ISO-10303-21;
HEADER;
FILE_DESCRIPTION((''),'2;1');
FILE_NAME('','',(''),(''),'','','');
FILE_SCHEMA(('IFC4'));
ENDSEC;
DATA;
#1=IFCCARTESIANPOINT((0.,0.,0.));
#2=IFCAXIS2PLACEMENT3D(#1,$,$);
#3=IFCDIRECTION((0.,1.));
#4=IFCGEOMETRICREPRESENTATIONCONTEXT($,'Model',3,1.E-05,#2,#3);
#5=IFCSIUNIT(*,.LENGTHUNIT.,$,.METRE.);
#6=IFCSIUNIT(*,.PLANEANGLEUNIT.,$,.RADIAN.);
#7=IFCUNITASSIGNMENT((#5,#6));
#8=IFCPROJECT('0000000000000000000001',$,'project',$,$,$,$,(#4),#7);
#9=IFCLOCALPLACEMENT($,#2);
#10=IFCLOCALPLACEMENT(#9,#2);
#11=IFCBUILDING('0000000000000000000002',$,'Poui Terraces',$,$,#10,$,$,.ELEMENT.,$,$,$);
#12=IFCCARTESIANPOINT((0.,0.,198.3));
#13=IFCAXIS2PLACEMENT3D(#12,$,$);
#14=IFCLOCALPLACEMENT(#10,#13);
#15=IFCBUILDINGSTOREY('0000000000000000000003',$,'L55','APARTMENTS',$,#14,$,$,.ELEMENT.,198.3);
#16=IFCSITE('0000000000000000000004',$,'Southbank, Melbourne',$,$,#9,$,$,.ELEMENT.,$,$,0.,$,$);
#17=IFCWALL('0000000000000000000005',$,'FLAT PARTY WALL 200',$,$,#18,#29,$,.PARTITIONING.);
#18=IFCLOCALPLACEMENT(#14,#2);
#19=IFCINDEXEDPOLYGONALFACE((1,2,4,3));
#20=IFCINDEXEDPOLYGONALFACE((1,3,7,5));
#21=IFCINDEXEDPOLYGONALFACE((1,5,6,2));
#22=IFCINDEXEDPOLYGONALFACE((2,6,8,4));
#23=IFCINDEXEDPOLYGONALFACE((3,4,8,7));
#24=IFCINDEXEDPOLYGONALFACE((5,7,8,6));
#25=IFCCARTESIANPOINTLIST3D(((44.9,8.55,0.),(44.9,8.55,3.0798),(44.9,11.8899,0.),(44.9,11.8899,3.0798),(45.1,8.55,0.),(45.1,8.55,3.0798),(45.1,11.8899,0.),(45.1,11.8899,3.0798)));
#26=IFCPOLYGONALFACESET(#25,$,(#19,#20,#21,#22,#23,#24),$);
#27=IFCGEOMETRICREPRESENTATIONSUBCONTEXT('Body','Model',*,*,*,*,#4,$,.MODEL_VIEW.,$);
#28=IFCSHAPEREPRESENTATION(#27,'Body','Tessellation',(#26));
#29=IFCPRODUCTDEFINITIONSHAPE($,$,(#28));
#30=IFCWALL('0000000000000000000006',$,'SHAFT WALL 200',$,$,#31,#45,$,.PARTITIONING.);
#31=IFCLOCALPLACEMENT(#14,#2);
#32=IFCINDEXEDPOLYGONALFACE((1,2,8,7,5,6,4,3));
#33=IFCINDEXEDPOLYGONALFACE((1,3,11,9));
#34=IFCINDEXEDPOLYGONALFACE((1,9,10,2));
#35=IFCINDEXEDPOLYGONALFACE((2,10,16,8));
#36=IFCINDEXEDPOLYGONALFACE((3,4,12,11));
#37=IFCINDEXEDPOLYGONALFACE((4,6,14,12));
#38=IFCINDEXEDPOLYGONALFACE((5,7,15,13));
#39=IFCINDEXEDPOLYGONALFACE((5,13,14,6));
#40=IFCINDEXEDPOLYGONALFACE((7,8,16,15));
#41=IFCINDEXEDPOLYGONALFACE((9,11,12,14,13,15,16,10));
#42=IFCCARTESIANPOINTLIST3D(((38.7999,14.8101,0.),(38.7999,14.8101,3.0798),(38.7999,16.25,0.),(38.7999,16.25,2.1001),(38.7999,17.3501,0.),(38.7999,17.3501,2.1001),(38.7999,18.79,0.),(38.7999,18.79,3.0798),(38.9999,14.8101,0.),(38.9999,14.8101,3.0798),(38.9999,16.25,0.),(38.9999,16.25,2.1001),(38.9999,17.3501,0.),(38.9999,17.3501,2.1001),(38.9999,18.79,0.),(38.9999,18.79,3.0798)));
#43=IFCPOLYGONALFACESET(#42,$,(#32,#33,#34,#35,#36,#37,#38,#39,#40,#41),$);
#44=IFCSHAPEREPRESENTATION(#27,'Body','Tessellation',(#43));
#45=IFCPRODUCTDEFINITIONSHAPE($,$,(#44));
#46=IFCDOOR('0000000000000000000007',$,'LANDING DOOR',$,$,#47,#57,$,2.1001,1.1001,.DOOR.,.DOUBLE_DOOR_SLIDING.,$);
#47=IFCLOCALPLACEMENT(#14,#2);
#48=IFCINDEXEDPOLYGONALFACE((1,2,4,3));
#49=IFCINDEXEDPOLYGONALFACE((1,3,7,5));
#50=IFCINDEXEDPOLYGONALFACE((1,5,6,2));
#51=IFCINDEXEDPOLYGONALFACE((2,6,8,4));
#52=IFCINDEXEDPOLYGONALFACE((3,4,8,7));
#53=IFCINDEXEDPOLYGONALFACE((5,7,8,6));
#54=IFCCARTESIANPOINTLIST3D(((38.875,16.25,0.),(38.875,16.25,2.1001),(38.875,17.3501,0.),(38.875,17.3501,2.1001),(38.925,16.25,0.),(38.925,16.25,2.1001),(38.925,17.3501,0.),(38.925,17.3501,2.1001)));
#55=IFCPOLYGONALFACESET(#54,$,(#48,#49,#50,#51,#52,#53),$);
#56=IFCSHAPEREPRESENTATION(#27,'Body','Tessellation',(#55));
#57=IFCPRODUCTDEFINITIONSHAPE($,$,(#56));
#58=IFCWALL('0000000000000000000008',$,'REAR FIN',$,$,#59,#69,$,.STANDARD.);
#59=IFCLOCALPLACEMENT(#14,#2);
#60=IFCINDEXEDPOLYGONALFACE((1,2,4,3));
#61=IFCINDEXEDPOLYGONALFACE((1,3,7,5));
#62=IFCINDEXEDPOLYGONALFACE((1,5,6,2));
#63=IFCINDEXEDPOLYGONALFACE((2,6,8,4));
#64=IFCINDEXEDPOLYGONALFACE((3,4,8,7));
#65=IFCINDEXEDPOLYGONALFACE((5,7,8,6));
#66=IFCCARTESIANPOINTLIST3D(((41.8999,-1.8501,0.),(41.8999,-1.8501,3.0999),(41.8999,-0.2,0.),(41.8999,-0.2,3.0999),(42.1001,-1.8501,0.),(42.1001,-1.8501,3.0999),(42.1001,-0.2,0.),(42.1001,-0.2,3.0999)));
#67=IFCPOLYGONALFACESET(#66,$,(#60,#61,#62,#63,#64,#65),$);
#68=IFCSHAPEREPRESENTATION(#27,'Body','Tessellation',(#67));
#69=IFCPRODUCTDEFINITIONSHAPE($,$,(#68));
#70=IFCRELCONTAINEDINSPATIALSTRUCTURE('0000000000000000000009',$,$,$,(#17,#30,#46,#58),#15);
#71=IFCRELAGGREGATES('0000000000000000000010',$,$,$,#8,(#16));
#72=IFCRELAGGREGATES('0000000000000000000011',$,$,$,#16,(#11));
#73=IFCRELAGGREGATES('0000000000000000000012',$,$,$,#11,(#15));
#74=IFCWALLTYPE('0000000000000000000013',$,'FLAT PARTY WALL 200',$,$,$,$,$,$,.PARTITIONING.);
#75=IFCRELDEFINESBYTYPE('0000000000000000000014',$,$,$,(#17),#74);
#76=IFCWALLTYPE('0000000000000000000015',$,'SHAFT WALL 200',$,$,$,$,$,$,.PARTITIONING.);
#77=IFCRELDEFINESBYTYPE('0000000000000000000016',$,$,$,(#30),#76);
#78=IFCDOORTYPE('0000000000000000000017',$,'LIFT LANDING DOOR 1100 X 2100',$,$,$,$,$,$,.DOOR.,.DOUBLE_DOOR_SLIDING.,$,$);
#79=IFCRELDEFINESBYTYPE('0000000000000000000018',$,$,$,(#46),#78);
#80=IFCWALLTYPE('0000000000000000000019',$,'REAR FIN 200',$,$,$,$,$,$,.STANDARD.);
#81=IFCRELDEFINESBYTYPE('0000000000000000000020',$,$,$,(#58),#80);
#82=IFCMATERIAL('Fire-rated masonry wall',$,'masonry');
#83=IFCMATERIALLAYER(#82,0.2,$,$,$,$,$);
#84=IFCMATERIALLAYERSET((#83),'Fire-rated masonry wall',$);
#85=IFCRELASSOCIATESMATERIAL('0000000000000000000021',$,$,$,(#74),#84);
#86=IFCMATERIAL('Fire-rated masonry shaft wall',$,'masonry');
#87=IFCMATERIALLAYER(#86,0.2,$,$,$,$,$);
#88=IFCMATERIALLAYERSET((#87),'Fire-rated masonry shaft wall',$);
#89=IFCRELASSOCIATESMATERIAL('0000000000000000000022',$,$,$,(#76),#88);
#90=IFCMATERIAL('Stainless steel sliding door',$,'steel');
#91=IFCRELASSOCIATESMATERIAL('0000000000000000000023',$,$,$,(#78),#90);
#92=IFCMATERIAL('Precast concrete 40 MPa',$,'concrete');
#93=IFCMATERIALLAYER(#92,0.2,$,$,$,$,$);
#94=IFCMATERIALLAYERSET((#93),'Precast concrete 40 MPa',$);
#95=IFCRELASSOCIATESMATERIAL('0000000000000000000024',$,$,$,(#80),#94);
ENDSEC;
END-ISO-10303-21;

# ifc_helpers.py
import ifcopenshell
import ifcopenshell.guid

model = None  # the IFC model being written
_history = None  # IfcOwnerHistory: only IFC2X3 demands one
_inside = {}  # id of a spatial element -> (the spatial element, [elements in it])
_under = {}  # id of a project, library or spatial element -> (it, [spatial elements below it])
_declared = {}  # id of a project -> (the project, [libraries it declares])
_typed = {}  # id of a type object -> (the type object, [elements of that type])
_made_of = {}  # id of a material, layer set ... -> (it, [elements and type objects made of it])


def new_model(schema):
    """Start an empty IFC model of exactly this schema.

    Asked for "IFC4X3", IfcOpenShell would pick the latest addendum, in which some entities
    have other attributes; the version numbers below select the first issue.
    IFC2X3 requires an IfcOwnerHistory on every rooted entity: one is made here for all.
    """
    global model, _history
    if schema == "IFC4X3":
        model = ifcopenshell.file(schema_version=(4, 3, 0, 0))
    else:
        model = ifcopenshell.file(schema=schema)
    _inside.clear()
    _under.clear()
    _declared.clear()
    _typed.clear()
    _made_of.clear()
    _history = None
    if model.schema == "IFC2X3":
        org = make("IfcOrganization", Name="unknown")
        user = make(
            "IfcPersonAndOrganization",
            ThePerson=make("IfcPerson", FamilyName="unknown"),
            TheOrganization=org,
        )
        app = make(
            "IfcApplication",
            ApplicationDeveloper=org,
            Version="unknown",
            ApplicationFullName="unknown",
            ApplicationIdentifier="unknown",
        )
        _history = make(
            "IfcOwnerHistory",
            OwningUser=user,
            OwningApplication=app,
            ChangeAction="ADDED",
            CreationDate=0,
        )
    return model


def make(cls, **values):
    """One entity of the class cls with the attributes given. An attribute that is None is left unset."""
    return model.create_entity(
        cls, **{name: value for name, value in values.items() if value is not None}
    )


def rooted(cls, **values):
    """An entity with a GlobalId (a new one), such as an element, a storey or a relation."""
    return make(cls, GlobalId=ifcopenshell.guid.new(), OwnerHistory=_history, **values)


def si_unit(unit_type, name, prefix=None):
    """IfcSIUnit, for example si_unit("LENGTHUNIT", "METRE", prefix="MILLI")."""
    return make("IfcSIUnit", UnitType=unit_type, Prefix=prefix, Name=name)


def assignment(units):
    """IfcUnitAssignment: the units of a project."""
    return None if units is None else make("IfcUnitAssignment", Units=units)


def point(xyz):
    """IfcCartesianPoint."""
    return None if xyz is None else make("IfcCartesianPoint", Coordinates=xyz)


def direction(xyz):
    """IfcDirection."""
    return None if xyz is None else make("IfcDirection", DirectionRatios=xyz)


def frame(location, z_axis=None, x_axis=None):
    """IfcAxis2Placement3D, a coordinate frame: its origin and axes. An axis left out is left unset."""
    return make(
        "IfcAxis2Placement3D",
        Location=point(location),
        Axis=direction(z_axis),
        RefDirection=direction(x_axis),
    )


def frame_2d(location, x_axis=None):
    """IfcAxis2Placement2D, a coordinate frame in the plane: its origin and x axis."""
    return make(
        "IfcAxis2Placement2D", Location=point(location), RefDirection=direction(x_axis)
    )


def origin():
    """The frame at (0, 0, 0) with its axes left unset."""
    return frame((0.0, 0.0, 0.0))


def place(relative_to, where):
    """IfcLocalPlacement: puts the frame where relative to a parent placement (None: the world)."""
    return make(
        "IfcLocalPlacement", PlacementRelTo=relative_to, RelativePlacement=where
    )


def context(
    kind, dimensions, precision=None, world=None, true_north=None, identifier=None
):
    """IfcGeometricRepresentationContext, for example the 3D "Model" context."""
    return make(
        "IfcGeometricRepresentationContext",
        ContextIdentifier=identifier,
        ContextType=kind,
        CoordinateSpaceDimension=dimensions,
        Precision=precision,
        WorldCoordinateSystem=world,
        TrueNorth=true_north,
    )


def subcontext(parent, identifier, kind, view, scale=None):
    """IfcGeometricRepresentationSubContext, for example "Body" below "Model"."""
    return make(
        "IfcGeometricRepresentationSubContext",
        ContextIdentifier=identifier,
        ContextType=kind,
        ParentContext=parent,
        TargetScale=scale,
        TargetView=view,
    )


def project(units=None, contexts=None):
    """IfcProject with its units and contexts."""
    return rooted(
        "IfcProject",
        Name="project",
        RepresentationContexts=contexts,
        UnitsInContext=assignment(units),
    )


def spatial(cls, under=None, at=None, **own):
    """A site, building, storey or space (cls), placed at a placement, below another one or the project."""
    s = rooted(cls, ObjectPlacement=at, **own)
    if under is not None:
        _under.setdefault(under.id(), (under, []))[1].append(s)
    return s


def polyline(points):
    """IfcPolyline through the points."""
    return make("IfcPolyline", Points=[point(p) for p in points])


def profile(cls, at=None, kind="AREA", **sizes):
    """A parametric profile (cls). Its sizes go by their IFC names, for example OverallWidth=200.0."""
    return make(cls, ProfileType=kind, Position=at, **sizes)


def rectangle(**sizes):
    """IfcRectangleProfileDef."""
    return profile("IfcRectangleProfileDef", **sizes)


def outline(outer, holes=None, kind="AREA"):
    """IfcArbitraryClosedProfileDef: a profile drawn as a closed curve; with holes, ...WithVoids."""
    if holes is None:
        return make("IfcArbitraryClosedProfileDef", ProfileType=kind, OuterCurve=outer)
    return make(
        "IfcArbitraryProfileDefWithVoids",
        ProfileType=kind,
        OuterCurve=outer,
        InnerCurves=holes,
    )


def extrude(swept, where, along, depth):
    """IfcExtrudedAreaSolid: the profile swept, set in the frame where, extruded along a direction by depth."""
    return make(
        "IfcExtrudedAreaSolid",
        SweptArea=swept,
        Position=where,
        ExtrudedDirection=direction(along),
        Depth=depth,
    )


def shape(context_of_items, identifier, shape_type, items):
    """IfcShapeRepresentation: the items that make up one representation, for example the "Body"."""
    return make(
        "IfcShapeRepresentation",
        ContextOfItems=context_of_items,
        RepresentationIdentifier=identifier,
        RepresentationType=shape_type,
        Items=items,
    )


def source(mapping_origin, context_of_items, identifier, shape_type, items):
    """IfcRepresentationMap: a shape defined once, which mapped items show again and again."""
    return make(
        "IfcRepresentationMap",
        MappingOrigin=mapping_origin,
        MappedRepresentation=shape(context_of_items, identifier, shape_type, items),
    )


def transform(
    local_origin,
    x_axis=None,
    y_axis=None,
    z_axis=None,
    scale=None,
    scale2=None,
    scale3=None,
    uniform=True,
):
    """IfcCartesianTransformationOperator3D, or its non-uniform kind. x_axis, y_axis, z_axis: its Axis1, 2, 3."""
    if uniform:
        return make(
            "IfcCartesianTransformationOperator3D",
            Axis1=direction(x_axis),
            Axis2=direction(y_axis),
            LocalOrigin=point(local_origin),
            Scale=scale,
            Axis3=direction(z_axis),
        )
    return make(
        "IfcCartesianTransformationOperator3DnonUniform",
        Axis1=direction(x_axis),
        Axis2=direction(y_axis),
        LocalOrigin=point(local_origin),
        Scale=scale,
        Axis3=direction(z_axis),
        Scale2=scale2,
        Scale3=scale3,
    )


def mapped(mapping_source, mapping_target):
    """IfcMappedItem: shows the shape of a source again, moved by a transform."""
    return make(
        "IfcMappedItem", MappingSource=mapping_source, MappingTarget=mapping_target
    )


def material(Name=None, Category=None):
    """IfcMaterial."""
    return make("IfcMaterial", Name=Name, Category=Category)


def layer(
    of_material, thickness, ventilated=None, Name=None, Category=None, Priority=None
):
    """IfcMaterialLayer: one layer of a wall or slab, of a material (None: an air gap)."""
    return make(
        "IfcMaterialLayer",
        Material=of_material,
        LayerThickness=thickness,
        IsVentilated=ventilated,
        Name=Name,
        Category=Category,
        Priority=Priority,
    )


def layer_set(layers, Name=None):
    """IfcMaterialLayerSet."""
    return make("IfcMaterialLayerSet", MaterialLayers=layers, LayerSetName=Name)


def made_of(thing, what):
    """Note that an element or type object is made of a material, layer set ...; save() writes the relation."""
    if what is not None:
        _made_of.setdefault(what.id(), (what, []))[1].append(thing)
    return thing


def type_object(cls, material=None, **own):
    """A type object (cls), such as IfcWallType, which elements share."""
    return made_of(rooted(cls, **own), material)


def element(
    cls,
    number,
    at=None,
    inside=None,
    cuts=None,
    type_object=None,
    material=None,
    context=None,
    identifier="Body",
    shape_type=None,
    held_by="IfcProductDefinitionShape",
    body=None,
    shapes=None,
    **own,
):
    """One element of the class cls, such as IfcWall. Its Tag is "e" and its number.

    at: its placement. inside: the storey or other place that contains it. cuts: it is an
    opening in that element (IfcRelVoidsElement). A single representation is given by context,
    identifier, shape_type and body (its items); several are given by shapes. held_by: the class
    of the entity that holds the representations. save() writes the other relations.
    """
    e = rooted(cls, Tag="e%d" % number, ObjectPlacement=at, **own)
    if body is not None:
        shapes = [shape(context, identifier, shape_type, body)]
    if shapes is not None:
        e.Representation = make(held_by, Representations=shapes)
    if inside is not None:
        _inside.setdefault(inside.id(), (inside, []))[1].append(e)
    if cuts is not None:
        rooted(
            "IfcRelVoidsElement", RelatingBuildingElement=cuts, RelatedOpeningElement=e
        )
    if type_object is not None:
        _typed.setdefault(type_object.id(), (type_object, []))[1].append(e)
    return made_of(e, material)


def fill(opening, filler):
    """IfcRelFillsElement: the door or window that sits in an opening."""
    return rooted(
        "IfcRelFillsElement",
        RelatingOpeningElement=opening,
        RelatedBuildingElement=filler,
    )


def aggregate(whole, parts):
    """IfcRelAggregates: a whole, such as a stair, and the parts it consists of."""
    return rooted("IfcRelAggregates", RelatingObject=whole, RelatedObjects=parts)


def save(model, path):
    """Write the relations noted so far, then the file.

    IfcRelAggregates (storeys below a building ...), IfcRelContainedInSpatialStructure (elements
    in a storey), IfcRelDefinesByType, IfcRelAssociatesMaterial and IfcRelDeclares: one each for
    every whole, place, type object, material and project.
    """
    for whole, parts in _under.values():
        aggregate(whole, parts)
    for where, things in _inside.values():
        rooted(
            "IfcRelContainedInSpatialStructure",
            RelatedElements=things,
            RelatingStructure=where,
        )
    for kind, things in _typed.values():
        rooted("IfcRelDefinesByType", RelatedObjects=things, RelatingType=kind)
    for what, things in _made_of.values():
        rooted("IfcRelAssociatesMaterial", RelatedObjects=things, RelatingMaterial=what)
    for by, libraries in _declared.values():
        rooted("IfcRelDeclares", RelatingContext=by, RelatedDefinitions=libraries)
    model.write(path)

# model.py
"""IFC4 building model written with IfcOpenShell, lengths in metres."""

from ifc_helpers import new_model, si_unit, direction, frame, frame_2d, origin, place, context, subcontext, project, spatial, polyline, rectangle, outline, extrude, source, transform, mapped, material, layer, layer_set, type_object, element, fill, save


model = new_model("IFC4")

# Units and contexts
model_context = context("Model", 3, precision=1e-05, world=origin(), true_north=direction((0.0, 1.0)))
body_context = subcontext(model_context, "Body", "Model", "MODEL_VIEW")
ifc_project = project(units=[si_unit("LENGTHUNIT", "METRE"), si_unit("PLANEANGLEUNIT", "RADIAN")], contexts=[model_context])

# Site, building, storey
site_placement = place(None, origin())
site = spatial("IfcSite", under=ifc_project, at=site_placement, Name="Southbank, Melbourne", CompositionType="ELEMENT", RefElevation=0.0)
building_placement = place(site_placement, origin())
building = spatial("IfcBuilding", under=site, at=building_placement, Name="Poui Terraces", CompositionType="ELEMENT")
storey_placement = place(building_placement, frame((0.0, 0.0, 198.3)))
storey = spatial("IfcBuildingStorey", under=building, at=storey_placement, Name="L55", Description="APARTMENTS", CompositionType="ELEMENT", Elevation=198.3)

# Wall
ifc_material_1 = material(Name="Fire-rated masonry wall", Category="masonry")
ifc_layer_1 = layer(ifc_material_1, 0.2)
ifc_layer_set_1 = layer_set([ifc_layer_1], Name="Fire-rated masonry wall")
wall_type_1 = type_object("IfcWallType", Name="FLAT PARTY WALL 200", PredefinedType="PARTITIONING", material=ifc_layer_set_1)
wall_1_placement = place(storey_placement, frame((45.0, 8.55, 0.0), z_axis=(0.0, 0.0, 1.0), x_axis=(0.0, 1.0, 0.0)))
element("IfcWall", 1, at=wall_1_placement, inside=storey, type_object=wall_type_1, Name="FLAT PARTY WALL 200", PredefinedType="PARTITIONING", context=body_context, shape_type="SweptSolid", body=[
    extrude(rectangle(XDim=3.3398, YDim=0.2, at=frame_2d((1.6699, 0.0))), origin(), (0.0, 0.0, 1.0), 3.0798),
])

# Wall, opening, door
ifc_material_2 = material(Name="Fire-rated masonry shaft wall", Category="masonry")
ifc_layer_2 = layer(ifc_material_2, 0.2)
ifc_layer_set_2 = layer_set([ifc_layer_2], Name="Fire-rated masonry shaft wall")
wall_type_2 = type_object("IfcWallType", Name="SHAFT WALL 200", PredefinedType="PARTITIONING", material=ifc_layer_set_2)
wall_2_placement = place(storey_placement, frame((38.8999, 14.8101, 0.0), z_axis=(0.0, 0.0, 1.0), x_axis=(0.0, 1.0, 0.0)))
wall_2 = element("IfcWall", 2, at=wall_2_placement, inside=storey, type_object=wall_type_2, Name="SHAFT WALL 200", PredefinedType="PARTITIONING", context=body_context, shape_type="SweptSolid", body=[
    extrude(rectangle(XDim=3.98, YDim=0.2, at=frame_2d((1.99, 0.0))), origin(), (0.0, 0.0, 1.0), 3.0798),
])
opening_1_placement = place(wall_2_placement, frame((1.4399, 0.0, 0.0)))
opening_1 = element("IfcOpeningElement", 3, at=opening_1_placement, cuts=wall_2, PredefinedType="OPENING", context=body_context, shape_type="SweptSolid", body=[
    extrude(rectangle(XDim=1.1001, YDim=2.1001, at=frame_2d((0.55, 1.05))), frame((0.0, 0.1099, 0.0), z_axis=(0.0, -1.0, 0.0), x_axis=(1.0, 0.0, 0.0)), (0.0, 0.0, 1.0), 0.22),
])
ifc_material_3 = material(Name="Stainless steel sliding door", Category="steel")
door_type_1 = type_object("IfcDoorType", Name="LIFT LANDING DOOR 1100 X 2100", OperationType="DOUBLE_DOOR_SLIDING", PredefinedType="DOOR", material=ifc_material_3)
door_1_placement = place(opening_1_placement, origin())
door_1 = element("IfcDoor", 4, at=door_1_placement, inside=storey, type_object=door_type_1, Name="LANDING DOOR", OperationType="DOUBLE_DOOR_SLIDING", OverallHeight=2.1001, OverallWidth=1.1001, PredefinedType="DOOR", context=body_context, shape_type="SweptSolid", body=[
    extrude(rectangle(XDim=1.1001, YDim=2.1001, at=frame_2d((0.55, 1.05))), frame((0.0, 0.0249, 0.0), z_axis=(0.0, -1.0, 0.0), x_axis=(1.0, 0.0, 0.0)), (0.0, 0.0, 1.0), 0.05),
])
fill(opening_1, door_1)

# Wall
ifc_material_4 = material(Name="Precast concrete 40 MPa", Category="concrete")
ifc_layer_3 = layer(ifc_material_4, 0.2)
ifc_layer_set_3 = layer_set([ifc_layer_3], Name="Precast concrete 40 MPa")
wall_type_3 = type_object("IfcWallType", Name="REAR FIN 200", PredefinedType="STANDARD", material=ifc_layer_set_3)
shared_shape_1 = source(origin(), body_context, "Body", "SweptSolid", [
    extrude(outline(polyline([(0.0, 0.0), (0.2002, 0.0), (0.2002, 1.6501), (0.0, 1.6501), (0.0, 0.0)])), origin(), (0.0, 0.0, 1.0), 3.0999),
])
wall_3_placement = place(storey_placement, frame((41.8999, -1.8501, 0.0)))
element("IfcWall", 5, at=wall_3_placement, inside=storey, type_object=wall_type_3, Name="REAR FIN", PredefinedType="STANDARD", context=body_context, shape_type="MappedRepresentation", body=[
    mapped(shared_shape_1, transform((0.0, 0.0, 0.0))),
])

save(model, "model.ifc")
